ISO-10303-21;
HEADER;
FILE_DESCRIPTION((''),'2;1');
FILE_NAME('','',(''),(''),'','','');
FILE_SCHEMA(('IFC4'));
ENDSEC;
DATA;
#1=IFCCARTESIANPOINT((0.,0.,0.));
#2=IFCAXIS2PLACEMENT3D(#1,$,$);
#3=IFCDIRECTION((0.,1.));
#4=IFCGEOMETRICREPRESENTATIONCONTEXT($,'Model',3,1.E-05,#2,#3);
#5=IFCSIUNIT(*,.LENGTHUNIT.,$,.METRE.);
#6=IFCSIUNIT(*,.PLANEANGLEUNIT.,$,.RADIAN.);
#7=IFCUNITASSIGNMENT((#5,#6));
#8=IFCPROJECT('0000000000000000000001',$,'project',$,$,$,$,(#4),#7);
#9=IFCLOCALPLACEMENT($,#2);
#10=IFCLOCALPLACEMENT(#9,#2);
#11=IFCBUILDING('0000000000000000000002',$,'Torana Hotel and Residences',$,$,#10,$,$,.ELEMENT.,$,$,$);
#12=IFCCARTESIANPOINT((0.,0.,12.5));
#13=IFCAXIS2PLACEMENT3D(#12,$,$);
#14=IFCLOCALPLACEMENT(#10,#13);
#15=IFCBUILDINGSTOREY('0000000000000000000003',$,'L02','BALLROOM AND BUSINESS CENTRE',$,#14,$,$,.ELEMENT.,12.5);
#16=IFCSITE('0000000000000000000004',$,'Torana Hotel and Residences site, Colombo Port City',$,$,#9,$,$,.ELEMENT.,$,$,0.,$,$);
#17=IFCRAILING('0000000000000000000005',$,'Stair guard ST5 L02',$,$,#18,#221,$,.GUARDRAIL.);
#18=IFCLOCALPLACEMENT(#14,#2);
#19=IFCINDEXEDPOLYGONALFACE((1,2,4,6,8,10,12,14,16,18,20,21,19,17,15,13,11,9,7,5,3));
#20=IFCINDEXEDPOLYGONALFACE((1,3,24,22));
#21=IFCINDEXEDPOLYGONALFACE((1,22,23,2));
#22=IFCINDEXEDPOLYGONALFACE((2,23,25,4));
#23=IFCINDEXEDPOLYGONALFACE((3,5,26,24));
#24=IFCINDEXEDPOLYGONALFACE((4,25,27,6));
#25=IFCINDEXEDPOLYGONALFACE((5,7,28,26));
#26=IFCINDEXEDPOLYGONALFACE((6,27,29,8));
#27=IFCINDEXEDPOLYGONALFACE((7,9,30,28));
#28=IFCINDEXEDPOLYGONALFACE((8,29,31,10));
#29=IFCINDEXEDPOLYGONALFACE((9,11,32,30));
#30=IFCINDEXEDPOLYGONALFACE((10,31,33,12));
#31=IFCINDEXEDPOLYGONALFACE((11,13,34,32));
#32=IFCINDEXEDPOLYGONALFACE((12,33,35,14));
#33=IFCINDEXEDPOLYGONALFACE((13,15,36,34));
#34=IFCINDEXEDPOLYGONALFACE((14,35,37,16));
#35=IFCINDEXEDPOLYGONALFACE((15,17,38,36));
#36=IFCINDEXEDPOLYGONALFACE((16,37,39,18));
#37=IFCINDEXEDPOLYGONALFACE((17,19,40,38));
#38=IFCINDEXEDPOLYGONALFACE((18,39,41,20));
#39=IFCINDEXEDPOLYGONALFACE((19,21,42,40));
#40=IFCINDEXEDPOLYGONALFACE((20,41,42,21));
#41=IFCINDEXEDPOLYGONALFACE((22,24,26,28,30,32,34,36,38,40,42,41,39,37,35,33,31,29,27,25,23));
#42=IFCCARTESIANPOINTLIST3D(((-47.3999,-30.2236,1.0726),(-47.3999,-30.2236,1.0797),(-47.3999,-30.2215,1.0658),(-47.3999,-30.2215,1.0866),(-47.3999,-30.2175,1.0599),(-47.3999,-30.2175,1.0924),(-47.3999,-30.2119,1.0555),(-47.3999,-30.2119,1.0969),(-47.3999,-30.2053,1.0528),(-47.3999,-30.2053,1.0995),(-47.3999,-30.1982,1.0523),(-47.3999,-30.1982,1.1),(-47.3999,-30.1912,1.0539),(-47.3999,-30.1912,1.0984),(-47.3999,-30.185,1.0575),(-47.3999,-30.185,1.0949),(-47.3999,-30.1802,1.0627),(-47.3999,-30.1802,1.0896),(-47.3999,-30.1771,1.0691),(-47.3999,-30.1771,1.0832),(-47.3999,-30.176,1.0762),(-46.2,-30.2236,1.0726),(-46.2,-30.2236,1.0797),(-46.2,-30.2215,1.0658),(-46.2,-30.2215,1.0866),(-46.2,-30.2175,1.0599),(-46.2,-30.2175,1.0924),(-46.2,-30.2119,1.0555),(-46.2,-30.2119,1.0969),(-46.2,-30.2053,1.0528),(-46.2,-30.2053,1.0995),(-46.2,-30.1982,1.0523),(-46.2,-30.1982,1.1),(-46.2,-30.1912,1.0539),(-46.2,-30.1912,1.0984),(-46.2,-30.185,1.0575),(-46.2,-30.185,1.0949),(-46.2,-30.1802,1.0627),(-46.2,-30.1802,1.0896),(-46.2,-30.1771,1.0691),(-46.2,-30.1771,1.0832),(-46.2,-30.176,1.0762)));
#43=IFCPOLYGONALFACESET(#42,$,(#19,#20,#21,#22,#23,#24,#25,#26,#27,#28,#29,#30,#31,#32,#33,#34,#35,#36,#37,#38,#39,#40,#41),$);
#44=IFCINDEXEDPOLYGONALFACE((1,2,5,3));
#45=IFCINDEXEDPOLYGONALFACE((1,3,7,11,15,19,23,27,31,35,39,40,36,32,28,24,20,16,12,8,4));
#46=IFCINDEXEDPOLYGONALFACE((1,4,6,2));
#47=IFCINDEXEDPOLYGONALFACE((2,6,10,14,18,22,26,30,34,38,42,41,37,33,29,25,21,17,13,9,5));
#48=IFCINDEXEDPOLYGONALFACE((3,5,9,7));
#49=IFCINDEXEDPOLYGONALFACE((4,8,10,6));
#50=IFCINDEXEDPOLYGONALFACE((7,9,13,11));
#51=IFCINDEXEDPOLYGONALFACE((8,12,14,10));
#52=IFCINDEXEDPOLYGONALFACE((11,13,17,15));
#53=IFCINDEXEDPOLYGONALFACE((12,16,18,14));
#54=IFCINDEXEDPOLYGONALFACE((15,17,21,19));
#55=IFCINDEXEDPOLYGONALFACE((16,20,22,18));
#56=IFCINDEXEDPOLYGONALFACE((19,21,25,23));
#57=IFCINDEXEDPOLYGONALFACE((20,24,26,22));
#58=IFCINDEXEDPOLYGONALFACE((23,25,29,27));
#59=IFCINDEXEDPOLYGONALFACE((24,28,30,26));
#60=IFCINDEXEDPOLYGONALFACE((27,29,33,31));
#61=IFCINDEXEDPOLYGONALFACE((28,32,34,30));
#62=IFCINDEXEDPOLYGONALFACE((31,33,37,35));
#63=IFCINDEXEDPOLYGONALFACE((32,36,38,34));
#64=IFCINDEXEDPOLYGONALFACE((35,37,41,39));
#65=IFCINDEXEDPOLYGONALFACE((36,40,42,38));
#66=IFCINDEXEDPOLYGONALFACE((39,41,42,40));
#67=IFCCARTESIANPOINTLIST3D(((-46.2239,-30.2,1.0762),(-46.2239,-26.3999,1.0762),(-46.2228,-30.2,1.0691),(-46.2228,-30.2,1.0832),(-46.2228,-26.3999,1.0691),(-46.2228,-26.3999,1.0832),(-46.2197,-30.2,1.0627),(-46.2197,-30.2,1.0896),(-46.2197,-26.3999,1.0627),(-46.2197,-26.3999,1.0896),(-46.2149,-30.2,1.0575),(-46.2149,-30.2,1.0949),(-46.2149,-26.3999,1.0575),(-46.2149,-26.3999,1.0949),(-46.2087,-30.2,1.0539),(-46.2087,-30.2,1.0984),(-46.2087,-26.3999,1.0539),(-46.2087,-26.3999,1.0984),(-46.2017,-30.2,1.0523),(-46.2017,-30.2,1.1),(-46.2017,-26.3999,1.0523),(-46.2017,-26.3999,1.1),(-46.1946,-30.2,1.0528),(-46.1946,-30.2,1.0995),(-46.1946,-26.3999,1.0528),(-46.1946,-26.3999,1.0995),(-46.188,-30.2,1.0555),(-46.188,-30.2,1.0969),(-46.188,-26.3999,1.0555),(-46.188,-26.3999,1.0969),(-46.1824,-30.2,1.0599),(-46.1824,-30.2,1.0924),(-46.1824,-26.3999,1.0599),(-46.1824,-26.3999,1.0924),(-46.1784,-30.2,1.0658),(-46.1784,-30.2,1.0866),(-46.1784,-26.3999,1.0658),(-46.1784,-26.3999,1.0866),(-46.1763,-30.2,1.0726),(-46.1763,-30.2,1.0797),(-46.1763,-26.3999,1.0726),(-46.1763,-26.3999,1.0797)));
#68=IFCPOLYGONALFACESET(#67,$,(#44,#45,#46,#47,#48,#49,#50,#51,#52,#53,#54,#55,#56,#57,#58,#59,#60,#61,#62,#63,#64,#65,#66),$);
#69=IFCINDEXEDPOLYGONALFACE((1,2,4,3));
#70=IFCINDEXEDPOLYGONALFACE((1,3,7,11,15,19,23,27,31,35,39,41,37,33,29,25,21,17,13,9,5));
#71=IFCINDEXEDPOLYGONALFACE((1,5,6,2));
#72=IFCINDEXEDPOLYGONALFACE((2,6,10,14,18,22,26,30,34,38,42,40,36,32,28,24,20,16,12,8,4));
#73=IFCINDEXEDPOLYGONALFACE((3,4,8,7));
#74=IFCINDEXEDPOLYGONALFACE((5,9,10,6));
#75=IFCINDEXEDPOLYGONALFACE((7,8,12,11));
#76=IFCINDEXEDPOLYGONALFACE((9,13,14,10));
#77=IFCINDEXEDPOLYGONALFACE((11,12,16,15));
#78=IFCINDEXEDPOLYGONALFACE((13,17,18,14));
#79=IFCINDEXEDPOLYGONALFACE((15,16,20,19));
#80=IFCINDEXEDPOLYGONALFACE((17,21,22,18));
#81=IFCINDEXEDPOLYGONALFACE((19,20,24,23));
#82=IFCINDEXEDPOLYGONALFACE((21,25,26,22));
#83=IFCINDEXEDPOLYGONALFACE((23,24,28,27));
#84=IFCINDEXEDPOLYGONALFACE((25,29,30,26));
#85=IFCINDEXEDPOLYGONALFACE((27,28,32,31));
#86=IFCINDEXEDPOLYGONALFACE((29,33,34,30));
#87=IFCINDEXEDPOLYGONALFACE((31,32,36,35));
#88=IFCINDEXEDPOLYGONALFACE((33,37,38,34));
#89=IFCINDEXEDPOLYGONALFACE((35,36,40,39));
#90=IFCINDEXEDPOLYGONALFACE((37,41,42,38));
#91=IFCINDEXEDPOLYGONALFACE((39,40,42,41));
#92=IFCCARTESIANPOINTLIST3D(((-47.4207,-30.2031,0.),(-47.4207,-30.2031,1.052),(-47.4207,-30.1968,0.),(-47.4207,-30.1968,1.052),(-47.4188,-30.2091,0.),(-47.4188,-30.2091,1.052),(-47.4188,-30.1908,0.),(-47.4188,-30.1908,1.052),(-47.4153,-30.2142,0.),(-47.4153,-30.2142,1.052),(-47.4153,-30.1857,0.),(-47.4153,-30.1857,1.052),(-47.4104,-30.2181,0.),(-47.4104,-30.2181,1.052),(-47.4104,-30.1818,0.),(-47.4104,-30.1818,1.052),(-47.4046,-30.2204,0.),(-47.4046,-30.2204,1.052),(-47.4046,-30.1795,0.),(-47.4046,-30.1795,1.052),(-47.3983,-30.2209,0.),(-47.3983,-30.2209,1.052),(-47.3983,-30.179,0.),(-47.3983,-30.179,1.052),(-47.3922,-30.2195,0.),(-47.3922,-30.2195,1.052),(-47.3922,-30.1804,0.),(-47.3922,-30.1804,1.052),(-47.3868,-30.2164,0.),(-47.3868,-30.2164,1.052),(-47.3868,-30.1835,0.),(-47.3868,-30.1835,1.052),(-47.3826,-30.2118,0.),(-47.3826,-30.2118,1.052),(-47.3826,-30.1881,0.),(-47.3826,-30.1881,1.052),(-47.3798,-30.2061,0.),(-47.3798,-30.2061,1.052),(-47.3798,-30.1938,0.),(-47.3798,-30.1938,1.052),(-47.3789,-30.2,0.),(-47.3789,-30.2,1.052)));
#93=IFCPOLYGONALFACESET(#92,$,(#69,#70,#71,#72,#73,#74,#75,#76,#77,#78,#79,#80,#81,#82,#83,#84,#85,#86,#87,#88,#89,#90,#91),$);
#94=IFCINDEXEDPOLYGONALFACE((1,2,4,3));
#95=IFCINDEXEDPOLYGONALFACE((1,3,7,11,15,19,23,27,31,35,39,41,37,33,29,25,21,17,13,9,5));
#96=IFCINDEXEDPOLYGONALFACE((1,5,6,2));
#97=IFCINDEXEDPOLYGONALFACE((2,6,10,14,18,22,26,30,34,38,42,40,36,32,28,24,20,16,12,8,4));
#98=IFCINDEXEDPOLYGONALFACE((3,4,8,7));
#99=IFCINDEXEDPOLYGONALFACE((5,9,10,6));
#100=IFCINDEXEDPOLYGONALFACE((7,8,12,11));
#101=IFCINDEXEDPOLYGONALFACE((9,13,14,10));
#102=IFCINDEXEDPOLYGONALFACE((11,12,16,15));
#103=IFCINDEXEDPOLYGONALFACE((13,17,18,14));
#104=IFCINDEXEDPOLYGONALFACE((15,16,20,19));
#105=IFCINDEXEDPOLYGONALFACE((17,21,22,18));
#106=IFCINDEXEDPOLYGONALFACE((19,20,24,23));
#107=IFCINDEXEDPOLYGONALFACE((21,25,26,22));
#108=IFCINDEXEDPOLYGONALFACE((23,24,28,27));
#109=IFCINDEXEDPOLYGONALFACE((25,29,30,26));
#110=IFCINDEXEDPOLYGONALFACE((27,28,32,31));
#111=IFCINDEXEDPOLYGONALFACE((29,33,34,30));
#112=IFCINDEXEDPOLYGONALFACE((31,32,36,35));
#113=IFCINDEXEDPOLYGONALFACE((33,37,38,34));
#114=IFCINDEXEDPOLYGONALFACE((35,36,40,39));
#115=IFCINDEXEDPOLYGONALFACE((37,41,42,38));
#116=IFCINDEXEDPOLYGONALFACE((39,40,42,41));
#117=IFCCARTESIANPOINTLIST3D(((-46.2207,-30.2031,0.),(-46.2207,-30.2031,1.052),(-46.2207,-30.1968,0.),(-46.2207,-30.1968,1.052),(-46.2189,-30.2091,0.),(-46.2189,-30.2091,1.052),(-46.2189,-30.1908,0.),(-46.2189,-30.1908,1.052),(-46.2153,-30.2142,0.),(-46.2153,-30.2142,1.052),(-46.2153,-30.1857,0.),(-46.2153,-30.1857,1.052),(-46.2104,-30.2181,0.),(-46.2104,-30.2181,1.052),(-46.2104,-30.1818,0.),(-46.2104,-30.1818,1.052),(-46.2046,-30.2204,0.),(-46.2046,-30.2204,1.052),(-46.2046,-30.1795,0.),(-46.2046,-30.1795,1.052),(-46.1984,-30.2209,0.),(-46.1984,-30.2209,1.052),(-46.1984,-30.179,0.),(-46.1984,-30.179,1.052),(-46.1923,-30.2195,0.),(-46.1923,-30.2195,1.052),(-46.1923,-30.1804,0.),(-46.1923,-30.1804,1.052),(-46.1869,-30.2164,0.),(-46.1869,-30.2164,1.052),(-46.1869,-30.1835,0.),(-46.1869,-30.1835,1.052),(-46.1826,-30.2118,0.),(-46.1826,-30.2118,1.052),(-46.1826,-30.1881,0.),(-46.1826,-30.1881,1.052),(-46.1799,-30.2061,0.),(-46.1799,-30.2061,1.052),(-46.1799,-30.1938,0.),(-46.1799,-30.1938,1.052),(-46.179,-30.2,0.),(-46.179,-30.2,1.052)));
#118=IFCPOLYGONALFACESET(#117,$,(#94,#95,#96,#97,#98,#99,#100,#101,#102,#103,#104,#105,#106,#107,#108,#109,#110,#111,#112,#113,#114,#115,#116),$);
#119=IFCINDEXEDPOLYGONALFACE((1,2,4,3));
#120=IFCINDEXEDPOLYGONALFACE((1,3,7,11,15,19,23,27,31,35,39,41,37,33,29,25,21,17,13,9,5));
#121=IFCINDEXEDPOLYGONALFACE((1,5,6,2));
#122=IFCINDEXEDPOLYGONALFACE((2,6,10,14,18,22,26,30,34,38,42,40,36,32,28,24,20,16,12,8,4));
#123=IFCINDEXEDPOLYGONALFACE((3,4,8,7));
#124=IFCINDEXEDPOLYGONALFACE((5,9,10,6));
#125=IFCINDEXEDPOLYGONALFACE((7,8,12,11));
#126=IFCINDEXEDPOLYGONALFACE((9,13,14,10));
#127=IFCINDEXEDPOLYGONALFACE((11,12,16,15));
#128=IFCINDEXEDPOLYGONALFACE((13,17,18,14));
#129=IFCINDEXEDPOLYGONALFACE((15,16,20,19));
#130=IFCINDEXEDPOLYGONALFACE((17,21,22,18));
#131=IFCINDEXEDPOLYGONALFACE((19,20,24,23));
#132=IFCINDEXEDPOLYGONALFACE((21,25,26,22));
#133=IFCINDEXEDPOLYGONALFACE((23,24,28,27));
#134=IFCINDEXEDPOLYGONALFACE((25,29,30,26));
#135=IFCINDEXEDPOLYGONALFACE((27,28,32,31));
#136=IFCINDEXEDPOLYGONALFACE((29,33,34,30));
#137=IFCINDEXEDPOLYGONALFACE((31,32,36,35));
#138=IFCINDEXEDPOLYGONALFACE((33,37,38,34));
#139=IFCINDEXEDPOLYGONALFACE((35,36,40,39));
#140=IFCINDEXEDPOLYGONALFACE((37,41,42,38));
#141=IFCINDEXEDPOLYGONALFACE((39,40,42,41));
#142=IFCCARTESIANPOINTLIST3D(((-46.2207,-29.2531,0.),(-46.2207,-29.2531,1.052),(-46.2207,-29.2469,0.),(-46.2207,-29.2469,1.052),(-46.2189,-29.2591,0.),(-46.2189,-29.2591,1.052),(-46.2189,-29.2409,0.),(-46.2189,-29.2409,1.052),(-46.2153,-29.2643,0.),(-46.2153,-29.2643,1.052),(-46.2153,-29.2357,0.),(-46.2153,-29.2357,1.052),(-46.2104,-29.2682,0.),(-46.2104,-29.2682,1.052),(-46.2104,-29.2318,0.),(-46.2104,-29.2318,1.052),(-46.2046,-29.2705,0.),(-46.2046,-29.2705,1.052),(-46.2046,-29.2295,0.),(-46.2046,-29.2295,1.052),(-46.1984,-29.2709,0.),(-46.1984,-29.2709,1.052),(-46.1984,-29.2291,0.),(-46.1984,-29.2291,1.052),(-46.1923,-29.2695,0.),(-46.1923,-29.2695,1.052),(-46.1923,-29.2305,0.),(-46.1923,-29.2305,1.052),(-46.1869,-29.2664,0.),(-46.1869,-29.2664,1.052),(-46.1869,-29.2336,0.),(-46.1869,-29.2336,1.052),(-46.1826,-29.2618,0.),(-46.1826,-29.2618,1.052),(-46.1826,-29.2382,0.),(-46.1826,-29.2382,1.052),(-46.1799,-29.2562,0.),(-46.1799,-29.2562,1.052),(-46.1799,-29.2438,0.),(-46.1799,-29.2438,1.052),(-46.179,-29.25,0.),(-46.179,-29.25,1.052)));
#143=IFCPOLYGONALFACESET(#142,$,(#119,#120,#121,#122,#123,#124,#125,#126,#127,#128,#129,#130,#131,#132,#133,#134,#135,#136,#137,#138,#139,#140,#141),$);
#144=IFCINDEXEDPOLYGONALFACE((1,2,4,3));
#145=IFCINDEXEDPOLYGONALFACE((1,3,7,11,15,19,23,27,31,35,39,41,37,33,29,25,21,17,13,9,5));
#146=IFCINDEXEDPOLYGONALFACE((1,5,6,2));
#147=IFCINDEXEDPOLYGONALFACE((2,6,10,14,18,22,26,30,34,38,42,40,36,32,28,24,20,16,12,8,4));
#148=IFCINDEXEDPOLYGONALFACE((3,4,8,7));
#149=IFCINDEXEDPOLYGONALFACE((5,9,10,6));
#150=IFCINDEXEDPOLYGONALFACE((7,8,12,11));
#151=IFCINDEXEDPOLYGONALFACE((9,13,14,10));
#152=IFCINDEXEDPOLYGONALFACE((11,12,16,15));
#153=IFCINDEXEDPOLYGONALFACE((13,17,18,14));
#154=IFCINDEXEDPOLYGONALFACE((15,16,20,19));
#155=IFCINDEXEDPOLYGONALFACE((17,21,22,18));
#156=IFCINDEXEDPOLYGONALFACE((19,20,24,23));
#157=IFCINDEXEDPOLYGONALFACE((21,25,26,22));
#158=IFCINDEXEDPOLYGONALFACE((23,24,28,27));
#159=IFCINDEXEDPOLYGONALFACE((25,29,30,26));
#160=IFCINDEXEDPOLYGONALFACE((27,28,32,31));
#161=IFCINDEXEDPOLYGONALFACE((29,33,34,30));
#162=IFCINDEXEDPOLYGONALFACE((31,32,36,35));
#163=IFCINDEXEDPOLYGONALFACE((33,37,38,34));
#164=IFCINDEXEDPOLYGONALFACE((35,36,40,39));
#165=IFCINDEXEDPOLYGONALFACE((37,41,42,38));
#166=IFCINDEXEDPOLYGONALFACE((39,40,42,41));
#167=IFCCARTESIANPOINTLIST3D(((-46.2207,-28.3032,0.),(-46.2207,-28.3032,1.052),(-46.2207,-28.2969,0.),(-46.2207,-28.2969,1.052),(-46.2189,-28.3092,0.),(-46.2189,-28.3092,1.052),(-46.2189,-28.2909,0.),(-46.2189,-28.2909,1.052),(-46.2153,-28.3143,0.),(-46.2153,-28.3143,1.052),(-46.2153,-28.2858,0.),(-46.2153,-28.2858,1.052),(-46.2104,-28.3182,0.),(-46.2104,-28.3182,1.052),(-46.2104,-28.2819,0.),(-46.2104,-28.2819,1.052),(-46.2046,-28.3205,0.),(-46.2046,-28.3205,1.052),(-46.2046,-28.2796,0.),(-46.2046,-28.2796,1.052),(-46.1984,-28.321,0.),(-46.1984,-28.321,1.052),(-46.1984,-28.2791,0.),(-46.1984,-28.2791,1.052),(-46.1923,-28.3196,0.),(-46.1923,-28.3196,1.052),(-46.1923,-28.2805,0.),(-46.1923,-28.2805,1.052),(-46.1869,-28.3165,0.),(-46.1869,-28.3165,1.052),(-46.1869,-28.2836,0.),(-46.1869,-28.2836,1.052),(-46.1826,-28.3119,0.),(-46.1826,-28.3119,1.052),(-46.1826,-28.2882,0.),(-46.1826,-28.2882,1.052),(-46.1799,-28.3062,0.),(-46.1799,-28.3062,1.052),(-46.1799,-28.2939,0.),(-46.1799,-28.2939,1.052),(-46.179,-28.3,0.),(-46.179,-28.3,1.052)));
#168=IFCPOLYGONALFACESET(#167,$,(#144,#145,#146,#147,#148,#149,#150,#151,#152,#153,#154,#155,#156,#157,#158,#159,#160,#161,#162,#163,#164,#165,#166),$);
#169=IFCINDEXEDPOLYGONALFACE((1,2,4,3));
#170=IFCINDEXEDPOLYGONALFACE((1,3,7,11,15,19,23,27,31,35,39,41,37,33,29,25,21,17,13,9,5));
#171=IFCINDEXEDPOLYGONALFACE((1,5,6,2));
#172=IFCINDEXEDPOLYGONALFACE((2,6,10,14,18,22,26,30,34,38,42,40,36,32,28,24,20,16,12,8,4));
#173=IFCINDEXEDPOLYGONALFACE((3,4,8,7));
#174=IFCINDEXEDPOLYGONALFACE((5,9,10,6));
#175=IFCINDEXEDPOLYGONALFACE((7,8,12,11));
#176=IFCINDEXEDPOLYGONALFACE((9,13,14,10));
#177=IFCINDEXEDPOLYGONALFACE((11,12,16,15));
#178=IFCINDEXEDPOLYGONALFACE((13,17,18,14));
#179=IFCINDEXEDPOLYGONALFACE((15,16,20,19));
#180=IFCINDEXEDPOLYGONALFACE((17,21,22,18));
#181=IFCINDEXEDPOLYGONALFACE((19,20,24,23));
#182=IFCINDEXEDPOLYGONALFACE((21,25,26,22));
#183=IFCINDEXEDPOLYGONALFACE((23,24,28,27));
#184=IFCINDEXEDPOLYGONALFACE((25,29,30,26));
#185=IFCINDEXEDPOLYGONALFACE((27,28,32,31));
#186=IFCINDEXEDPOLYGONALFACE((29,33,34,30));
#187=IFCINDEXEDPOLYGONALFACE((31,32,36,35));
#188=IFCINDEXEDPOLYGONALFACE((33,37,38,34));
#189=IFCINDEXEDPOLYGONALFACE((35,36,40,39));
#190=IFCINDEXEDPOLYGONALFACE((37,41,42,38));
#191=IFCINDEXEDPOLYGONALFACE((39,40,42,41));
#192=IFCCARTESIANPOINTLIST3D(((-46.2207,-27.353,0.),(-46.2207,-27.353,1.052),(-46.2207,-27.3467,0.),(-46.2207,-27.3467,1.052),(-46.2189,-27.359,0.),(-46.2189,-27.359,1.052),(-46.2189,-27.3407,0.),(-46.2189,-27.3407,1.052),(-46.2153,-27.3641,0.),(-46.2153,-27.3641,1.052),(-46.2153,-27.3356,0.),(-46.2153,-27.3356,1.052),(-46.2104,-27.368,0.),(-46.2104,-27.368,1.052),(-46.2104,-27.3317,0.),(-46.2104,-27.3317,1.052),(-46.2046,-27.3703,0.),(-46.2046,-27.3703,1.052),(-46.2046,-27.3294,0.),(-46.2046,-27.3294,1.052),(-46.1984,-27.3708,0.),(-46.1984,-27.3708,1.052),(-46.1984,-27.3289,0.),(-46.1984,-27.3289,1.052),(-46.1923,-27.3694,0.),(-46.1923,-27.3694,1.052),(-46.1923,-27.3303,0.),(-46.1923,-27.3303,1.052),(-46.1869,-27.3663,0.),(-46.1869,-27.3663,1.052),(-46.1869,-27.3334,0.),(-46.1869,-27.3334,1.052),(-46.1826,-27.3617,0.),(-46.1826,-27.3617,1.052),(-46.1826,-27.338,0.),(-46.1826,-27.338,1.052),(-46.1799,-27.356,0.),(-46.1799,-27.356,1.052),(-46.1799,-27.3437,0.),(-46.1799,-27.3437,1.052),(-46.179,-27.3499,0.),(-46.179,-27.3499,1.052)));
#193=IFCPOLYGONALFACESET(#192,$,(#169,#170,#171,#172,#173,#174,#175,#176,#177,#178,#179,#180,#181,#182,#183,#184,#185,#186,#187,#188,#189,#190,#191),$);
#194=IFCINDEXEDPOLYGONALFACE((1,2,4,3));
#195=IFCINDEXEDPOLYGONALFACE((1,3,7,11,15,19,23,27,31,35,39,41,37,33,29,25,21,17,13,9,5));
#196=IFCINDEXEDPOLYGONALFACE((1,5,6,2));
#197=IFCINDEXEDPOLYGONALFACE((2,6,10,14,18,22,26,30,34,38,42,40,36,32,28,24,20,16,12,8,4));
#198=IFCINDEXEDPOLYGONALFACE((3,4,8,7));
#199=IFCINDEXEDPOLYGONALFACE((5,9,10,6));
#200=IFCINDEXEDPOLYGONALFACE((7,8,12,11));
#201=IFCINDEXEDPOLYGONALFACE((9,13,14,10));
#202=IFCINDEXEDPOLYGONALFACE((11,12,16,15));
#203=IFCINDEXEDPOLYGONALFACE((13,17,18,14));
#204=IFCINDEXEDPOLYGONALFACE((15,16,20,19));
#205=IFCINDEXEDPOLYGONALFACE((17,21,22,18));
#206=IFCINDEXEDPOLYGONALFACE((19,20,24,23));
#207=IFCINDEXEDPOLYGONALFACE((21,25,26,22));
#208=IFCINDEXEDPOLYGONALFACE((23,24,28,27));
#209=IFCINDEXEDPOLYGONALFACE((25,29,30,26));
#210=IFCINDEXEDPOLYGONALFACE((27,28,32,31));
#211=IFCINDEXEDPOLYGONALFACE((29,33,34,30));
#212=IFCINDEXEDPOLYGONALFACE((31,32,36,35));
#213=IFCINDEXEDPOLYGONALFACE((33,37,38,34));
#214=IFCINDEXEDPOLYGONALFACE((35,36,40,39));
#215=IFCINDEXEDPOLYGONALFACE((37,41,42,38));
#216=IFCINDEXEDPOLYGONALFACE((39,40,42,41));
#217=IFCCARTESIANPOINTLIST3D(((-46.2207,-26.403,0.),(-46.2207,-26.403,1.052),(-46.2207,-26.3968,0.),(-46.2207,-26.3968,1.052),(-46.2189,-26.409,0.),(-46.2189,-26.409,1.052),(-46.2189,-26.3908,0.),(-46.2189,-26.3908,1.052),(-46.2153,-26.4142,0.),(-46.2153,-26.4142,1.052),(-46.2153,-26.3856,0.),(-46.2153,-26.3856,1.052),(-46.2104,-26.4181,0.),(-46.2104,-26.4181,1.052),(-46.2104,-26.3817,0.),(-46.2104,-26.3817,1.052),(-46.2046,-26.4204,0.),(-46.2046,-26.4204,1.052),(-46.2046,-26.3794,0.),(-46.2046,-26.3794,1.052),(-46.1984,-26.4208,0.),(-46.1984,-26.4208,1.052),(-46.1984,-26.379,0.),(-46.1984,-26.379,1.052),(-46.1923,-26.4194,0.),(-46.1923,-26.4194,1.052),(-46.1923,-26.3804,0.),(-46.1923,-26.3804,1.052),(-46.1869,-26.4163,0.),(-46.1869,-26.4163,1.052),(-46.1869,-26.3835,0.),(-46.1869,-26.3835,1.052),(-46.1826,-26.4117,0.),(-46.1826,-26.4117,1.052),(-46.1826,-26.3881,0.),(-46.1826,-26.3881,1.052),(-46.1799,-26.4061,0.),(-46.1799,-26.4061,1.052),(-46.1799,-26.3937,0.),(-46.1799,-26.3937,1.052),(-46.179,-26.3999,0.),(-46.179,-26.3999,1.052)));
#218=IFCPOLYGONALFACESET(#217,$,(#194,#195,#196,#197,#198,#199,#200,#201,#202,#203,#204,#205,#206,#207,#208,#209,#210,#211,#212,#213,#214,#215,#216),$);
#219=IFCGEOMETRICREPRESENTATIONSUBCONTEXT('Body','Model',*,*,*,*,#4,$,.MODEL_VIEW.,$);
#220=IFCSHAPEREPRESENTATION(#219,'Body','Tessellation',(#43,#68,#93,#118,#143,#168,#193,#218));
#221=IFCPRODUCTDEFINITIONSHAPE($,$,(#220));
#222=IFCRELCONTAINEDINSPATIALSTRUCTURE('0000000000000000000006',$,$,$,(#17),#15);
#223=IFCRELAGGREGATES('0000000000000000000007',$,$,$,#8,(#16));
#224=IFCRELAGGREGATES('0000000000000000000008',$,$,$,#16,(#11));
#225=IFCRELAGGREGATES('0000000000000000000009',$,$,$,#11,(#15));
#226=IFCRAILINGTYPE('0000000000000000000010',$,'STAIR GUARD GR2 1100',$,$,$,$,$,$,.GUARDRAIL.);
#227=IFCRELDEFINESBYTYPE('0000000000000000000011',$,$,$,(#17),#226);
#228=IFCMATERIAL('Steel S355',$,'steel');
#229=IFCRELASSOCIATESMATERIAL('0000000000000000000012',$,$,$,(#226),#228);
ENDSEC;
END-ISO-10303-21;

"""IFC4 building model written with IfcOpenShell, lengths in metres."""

from ifc_helpers import new_model, si_unit, direction, frame, origin, origin_2d, place, context, subcontext, project, spatial, circle, extrude, material, type_object, element, save


model = new_model("IFC4")

# Units and contexts
model_context = context("Model", 3, precision=1e-05, world=origin(), true_north=direction((0.0, 1.0)))
body_context = subcontext(model_context, "Body", "Model", "MODEL_VIEW")
ifc_project = project(units=[si_unit("LENGTHUNIT", "METRE"), si_unit("PLANEANGLEUNIT", "RADIAN")], contexts=[model_context])

# Site, building, storey
site_placement = place(None, origin())
site = spatial("IfcSite", under=ifc_project, at=site_placement, Name="Torana Hotel and Residences site, Colombo Port City", CompositionType="ELEMENT", RefElevation=0.0)
building_placement = place(site_placement, origin())
building = spatial("IfcBuilding", under=site, at=building_placement, Name="Torana Hotel and Residences", CompositionType="ELEMENT")
storey_placement = place(building_placement, frame((0.0, 0.0, 12.5)))
storey = spatial("IfcBuildingStorey", under=building, at=storey_placement, Name="L02", Description="BALLROOM AND BUSINESS CENTRE", CompositionType="ELEMENT", Elevation=12.5)

# Railing
ifc_material_1 = material(Name="Steel S355", Category="steel")
railing_type = type_object("IfcRailingType", Name="STAIR GUARD GR2 1100", PredefinedType="GUARDRAIL", material=ifc_material_1)
railing_placement = place(storey_placement, frame((-47.3999, -30.2, 0.0)))
element("IfcRailing", 1, at=railing_placement, inside=storey, type_object=railing_type, Name="Stair guard ST5 L02", PredefinedType="GUARDRAIL", context=body_context, shape_type="SweptSolid", body=[
    extrude(circle(Radius=0.0239, at=origin_2d()), frame((0.0, 0.0, 1.0762), z_axis=(1.0, 0.0, 0.0), x_axis=(0.0, 1.0, 0.0)), (0.0, 0.0, 1.0), 1.2),
    extrude(circle(Radius=0.0239, at=origin_2d()), frame((1.2, 0.0, 1.0762), z_axis=(0.0, 1.0, 0.0), x_axis=(-1.0, 0.0, 0.0)), (0.0, 0.0, 1.0), 3.8),
    extrude(circle(Radius=0.021, at=origin_2d()), origin(), (0.0, 0.0, 1.0), 1.052),
    extrude(circle(Radius=0.021, at=origin_2d()), frame((1.2, 0.0, 0.0)), (0.0, 0.0, 1.0), 1.052),
    extrude(circle(Radius=0.021, at=origin_2d()), frame((1.2, 0.95, 0.0)), (0.0, 0.0, 1.0), 1.052),
    extrude(circle(Radius=0.021, at=origin_2d()), frame((1.2, 1.8999, 0.0)), (0.0, 0.0, 1.0), 1.052),
    extrude(circle(Radius=0.021, at=origin_2d()), frame((1.2, 2.8501, 0.0)), (0.0, 0.0, 1.0), 1.052),
    extrude(circle(Radius=0.021, at=origin_2d()), frame((1.2, 3.8, 0.0)), (0.0, 0.0, 1.0), 1.052),
])

save(model, "model.ifc")
